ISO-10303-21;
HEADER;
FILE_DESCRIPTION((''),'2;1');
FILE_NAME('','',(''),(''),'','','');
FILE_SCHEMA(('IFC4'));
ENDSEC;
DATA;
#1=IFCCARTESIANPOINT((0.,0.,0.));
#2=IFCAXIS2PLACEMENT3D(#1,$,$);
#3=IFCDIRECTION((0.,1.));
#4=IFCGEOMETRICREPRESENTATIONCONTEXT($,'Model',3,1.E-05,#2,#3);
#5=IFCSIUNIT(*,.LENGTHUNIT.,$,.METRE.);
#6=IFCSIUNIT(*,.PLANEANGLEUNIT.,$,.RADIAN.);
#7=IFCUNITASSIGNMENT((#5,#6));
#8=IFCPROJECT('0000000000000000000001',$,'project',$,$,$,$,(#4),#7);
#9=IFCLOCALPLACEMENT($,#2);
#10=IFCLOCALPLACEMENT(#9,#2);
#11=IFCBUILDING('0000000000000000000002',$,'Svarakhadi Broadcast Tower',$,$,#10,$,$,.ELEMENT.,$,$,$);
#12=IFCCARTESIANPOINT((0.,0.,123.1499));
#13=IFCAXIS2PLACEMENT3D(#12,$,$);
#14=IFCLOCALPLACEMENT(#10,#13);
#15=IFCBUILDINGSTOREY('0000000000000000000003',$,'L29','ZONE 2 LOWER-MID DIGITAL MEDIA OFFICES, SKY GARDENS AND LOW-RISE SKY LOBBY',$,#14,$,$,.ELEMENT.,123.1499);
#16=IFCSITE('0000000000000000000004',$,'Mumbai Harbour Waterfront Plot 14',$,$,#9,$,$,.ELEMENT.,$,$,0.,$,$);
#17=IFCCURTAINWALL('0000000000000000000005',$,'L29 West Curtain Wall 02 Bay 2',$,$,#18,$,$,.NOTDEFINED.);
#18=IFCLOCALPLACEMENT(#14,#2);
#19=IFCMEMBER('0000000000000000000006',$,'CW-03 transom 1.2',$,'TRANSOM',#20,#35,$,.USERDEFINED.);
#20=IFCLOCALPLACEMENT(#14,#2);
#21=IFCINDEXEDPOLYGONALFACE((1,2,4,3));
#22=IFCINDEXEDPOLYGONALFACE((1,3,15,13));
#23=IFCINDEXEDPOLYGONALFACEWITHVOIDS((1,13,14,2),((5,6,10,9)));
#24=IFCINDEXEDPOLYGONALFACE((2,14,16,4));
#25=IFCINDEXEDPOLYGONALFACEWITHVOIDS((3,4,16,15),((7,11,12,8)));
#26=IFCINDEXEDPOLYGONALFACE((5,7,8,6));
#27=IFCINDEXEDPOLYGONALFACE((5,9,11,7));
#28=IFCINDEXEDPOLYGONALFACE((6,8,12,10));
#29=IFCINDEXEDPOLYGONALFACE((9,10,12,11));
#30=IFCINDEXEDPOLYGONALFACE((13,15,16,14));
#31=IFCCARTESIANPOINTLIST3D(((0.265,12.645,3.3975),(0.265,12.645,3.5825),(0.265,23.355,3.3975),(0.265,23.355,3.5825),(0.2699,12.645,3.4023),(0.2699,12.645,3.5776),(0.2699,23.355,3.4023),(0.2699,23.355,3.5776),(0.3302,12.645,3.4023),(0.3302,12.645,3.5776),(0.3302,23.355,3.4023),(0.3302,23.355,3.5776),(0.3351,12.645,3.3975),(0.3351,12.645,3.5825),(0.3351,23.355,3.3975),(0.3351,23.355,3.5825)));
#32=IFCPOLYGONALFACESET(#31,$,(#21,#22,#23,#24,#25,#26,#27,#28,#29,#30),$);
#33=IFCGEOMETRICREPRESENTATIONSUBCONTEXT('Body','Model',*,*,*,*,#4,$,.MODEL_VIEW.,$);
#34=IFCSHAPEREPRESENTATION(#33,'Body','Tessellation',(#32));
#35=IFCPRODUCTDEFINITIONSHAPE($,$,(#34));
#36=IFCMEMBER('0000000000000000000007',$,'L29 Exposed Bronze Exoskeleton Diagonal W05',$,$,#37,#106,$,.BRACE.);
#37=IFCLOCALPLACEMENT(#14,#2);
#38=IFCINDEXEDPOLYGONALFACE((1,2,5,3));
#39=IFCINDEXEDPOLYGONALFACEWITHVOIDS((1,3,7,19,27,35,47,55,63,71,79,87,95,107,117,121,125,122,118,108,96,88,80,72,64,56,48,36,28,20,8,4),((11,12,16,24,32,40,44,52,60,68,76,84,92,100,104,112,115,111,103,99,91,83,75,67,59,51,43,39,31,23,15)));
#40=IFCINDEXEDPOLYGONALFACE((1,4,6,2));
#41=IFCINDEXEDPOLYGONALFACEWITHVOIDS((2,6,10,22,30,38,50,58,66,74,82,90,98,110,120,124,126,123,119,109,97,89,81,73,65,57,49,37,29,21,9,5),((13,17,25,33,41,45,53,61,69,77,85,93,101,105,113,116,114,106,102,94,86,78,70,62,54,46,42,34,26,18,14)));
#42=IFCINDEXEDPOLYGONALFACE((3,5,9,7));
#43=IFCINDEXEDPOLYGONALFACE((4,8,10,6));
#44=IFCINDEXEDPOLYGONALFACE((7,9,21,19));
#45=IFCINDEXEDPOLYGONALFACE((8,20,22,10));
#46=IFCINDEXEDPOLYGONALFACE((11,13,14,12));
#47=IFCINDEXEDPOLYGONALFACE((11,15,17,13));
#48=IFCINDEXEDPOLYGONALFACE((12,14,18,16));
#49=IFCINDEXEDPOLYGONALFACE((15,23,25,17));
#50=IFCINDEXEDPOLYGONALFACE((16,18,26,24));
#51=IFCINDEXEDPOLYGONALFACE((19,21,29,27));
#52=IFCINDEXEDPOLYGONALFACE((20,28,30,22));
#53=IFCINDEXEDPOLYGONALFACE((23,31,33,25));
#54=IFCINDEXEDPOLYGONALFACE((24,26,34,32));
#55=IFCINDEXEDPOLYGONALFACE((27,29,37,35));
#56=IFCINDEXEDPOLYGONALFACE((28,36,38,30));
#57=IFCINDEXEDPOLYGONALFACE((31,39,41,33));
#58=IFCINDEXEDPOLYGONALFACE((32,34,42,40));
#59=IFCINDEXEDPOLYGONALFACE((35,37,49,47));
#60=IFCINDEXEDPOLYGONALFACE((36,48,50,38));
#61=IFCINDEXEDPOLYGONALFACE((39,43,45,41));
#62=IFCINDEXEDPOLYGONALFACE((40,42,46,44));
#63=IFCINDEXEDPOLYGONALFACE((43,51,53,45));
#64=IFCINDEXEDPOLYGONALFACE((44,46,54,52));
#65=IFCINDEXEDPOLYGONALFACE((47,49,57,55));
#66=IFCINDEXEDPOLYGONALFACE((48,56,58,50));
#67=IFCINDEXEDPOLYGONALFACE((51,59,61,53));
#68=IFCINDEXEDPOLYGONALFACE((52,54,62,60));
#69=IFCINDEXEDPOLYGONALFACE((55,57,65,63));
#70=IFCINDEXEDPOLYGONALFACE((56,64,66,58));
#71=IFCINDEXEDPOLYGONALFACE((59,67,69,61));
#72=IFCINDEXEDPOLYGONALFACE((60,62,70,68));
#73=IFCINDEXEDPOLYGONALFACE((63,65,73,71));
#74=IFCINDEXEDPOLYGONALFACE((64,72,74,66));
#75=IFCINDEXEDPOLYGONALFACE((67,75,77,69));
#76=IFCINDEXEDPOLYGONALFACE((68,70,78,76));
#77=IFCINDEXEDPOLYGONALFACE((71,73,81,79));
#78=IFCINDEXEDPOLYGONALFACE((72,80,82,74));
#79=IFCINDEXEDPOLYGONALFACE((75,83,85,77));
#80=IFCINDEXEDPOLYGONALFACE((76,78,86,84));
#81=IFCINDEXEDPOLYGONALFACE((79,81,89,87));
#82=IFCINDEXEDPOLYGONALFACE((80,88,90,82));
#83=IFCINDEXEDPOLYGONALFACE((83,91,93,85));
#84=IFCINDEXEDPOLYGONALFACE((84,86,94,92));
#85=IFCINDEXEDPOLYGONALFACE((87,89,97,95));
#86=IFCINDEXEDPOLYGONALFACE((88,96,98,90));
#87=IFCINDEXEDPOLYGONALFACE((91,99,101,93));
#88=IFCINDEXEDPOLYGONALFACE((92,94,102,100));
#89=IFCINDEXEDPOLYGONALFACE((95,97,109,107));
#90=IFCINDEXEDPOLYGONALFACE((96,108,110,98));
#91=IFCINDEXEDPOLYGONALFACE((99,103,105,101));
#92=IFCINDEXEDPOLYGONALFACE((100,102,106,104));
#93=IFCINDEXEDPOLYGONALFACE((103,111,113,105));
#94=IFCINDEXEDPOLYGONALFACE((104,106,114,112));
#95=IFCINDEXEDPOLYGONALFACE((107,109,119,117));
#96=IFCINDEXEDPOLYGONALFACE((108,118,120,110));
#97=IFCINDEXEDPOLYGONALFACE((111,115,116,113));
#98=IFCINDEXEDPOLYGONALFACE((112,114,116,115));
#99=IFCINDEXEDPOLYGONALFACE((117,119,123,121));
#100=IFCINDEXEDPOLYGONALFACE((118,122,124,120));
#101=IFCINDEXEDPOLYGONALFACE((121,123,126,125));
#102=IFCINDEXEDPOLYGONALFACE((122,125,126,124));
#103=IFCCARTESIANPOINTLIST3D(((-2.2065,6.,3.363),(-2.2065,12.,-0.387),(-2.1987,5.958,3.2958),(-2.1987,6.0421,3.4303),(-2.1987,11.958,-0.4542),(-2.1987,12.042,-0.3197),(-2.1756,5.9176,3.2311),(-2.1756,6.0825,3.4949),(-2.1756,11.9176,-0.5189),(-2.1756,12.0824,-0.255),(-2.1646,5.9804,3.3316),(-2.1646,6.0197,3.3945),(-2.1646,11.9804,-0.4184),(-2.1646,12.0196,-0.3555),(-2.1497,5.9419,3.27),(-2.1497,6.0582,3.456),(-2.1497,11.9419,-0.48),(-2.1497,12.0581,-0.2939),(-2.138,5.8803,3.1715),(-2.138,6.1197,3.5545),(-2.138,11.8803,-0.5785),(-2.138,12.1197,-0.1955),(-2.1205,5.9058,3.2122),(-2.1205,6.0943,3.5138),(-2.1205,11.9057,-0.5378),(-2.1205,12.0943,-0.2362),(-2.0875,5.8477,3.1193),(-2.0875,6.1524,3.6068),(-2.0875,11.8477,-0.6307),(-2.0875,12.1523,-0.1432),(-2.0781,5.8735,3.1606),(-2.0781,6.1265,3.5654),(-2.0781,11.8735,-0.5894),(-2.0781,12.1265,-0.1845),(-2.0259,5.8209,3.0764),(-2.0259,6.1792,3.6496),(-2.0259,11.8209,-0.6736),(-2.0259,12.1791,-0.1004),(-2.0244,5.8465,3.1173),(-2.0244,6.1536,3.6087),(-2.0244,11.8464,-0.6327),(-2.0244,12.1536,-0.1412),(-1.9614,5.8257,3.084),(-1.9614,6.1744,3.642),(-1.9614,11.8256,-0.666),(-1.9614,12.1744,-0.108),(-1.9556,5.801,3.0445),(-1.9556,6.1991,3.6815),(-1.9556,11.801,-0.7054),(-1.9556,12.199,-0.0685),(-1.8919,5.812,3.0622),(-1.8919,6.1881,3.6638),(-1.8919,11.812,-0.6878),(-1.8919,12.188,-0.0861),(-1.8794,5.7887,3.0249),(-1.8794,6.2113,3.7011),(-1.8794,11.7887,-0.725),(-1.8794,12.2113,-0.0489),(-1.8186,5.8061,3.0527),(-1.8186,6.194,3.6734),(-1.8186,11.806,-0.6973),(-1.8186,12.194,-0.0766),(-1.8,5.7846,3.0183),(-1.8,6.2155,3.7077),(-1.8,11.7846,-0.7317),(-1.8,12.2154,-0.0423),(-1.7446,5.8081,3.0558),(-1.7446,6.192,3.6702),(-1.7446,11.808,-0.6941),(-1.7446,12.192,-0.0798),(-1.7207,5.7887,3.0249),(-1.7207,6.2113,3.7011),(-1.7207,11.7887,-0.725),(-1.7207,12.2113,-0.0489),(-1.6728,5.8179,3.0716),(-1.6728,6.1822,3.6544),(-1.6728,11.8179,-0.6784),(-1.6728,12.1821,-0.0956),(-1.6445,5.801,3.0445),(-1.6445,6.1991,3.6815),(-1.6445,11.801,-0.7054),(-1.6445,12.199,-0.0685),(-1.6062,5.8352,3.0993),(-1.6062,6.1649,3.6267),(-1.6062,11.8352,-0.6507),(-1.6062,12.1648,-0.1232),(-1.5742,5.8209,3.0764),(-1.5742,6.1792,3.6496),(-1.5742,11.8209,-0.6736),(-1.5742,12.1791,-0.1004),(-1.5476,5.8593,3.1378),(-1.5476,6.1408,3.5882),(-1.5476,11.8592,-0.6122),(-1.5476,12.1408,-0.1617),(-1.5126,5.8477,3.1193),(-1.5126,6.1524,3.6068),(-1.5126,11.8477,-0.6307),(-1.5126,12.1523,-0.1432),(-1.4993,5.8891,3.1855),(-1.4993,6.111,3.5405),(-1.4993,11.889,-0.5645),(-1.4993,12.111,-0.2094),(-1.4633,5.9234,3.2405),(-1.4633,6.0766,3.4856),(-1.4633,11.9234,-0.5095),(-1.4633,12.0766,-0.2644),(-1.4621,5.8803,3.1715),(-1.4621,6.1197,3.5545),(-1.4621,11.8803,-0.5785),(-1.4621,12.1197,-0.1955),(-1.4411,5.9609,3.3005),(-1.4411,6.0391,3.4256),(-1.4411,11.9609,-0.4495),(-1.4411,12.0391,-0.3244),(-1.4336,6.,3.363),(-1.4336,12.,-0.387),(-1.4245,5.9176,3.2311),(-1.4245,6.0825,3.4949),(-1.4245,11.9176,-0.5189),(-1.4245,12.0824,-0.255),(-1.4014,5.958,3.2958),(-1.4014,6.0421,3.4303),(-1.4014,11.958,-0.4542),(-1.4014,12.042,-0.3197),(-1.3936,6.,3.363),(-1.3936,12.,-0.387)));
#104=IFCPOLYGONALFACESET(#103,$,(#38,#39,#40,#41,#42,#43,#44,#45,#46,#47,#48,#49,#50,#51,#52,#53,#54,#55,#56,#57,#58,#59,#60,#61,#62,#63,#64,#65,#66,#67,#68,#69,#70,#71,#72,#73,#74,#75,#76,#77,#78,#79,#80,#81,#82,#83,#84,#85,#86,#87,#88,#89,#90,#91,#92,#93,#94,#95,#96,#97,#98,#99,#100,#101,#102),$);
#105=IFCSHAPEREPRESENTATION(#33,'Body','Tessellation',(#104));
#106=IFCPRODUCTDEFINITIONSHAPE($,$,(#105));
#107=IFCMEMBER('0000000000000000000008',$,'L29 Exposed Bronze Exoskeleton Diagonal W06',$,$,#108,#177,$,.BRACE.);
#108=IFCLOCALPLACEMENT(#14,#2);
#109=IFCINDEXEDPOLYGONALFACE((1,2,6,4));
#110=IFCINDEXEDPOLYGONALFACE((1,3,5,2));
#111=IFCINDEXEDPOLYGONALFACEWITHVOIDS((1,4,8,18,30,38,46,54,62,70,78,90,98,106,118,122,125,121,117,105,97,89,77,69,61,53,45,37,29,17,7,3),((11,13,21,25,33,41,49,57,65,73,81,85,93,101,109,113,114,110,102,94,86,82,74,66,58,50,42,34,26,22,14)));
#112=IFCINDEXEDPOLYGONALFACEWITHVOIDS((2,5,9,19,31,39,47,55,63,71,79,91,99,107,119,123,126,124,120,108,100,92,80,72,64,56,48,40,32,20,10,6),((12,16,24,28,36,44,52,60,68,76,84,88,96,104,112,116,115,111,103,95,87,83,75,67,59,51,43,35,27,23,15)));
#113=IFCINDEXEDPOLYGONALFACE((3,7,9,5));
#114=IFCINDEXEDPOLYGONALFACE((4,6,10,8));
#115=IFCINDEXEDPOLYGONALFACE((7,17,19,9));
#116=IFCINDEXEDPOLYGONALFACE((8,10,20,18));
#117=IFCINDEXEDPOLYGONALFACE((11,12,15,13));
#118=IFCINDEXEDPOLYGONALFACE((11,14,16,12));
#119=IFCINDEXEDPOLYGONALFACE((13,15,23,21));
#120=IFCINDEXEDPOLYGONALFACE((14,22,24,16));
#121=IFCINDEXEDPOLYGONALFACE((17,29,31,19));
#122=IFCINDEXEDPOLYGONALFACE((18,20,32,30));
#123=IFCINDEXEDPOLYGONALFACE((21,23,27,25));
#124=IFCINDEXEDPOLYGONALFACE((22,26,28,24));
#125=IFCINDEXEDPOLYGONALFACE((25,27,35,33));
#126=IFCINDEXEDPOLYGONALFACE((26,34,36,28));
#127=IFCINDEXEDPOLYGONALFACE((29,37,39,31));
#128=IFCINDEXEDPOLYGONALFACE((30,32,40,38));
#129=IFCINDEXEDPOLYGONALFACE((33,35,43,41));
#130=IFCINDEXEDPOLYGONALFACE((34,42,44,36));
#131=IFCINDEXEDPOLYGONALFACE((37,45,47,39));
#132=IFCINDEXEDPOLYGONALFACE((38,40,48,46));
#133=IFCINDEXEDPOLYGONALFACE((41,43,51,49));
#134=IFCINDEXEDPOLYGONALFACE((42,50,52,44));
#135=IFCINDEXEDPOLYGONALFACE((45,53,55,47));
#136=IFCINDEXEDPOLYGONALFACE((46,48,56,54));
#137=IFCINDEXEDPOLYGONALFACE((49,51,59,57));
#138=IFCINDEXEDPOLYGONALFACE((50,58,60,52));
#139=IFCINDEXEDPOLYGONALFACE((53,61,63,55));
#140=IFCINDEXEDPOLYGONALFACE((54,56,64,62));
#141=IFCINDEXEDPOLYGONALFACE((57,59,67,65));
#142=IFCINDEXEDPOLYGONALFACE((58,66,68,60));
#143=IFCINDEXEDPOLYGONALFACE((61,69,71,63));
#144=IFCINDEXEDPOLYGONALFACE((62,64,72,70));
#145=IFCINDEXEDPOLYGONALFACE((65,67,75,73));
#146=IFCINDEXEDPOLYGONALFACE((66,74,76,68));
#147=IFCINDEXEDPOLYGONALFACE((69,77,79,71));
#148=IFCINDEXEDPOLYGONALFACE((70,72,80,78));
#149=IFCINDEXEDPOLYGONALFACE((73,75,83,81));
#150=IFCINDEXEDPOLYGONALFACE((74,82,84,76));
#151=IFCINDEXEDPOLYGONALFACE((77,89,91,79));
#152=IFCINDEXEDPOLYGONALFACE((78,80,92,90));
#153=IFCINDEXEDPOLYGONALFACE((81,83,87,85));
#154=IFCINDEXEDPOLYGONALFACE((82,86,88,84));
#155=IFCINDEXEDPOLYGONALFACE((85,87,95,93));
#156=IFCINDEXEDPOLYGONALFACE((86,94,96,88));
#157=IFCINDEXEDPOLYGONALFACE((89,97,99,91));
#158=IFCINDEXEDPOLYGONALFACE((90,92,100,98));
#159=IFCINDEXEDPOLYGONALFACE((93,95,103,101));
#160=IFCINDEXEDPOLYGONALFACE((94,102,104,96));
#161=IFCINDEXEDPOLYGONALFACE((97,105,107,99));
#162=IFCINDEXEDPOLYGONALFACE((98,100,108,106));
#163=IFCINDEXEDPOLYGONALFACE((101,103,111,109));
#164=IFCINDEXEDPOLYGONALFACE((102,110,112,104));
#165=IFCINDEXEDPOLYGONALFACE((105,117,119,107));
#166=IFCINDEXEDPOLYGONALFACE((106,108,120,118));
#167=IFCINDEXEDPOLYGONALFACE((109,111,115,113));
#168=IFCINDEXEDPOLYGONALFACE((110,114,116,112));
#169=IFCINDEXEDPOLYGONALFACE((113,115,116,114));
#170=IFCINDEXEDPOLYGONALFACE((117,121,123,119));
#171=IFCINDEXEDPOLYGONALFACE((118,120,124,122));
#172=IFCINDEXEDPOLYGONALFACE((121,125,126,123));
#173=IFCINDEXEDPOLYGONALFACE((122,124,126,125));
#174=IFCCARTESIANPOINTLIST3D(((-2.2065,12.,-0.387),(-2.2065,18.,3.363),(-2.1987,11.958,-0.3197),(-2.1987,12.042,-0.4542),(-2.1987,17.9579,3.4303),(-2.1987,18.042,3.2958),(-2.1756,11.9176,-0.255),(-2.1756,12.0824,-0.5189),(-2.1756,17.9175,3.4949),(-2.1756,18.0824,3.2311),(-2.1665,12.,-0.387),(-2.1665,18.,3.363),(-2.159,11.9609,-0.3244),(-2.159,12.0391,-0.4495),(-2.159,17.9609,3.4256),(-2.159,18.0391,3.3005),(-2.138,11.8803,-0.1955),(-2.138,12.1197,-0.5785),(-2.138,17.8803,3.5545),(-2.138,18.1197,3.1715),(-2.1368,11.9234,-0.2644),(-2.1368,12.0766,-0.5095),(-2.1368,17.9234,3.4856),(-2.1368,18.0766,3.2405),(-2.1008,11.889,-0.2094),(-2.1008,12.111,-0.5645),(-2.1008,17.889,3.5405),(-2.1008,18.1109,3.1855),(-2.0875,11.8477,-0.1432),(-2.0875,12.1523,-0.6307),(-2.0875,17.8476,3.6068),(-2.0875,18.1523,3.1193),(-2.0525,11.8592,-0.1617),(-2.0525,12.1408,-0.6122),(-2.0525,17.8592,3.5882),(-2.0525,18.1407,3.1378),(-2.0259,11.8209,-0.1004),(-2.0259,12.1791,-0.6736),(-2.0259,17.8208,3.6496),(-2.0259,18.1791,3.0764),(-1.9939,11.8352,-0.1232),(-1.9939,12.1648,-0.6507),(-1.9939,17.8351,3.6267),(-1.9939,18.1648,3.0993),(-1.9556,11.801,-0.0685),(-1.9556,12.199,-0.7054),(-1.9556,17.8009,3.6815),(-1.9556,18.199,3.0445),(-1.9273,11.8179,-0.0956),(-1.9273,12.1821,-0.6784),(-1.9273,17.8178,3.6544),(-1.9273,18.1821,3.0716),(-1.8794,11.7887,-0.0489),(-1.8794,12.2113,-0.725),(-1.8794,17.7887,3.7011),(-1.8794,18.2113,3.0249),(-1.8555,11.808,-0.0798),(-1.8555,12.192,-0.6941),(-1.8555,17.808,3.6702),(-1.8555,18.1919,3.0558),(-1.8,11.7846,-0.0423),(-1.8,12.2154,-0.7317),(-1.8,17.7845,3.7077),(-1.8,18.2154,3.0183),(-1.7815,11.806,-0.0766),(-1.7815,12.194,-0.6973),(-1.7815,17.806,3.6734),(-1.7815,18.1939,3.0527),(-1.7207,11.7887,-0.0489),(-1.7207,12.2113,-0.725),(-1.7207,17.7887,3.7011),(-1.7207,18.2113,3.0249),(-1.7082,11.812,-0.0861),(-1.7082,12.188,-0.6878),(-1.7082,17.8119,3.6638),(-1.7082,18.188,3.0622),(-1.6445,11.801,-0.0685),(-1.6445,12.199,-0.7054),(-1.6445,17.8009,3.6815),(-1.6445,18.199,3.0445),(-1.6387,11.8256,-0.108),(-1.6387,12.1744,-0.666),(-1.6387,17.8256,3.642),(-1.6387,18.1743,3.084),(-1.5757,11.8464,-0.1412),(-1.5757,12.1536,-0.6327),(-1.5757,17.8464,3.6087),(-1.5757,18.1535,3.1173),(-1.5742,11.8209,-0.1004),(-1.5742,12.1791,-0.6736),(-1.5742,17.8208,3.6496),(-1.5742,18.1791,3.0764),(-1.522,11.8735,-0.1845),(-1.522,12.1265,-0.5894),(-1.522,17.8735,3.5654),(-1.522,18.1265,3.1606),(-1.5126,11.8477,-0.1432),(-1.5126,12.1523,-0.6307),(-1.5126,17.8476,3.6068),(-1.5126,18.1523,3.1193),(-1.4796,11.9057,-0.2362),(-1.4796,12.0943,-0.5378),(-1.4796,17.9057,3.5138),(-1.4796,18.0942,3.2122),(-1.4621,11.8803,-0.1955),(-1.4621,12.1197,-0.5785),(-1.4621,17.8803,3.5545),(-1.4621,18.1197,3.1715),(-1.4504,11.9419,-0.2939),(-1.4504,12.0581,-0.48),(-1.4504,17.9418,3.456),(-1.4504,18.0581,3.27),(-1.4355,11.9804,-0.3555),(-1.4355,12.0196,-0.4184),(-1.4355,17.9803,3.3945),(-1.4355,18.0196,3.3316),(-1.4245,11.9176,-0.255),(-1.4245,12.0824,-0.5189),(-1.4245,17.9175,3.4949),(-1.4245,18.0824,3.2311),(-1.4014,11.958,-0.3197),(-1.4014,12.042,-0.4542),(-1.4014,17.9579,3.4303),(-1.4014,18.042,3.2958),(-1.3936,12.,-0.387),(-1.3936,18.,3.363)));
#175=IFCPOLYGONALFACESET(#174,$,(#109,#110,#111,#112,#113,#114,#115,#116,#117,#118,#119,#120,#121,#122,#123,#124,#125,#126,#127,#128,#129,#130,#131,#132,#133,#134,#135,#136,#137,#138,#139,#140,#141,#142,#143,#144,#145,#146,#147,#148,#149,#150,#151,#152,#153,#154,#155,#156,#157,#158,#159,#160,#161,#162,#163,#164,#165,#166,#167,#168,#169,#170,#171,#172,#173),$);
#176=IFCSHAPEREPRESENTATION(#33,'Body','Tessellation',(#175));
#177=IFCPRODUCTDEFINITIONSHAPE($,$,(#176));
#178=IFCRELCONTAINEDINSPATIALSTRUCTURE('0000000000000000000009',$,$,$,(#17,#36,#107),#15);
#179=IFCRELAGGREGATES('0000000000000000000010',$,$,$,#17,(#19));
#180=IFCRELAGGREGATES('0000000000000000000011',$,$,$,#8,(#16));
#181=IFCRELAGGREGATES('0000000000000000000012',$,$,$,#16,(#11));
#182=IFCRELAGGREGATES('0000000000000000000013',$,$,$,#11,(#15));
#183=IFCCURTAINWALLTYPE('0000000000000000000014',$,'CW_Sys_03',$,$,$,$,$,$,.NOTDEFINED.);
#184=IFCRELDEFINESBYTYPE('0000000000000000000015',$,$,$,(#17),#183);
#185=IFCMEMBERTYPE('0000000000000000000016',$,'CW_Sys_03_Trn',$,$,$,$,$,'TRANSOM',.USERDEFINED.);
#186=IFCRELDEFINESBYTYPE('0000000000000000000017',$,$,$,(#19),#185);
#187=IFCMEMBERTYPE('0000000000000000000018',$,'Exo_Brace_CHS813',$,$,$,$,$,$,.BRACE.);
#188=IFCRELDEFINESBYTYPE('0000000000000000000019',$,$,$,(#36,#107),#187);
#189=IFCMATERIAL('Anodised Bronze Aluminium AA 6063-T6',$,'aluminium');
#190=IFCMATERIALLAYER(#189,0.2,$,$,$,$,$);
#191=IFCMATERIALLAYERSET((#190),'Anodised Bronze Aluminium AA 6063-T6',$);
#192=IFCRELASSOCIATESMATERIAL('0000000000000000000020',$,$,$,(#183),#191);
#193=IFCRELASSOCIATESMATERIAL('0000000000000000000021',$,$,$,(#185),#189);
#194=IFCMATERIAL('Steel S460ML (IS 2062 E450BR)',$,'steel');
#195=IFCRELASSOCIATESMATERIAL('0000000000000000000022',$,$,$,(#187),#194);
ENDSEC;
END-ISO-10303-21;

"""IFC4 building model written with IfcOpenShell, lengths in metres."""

from ifc_helpers import new_model, si_unit, direction, frame, origin, origin_2d, place, context, subcontext, project, spatial, hollow_rectangle, hollow_circle, extrude, material, layer, layer_set, material_profile, profile_set, type_object, element, aggregate, save


model = new_model("IFC4")

# Units and contexts
model_context = context("Model", 3, precision=1e-05, world=origin(), true_north=direction((0.0, 1.0)))
body_context = subcontext(model_context, "Body", "Model", "MODEL_VIEW")
ifc_project = project(units=[si_unit("LENGTHUNIT", "METRE"), si_unit("PLANEANGLEUNIT", "RADIAN")], contexts=[model_context])

# Site, building, storey
site_placement = place(None, origin())
site = spatial("IfcSite", under=ifc_project, at=site_placement, Name="Mumbai Harbour Waterfront Plot 14", CompositionType="ELEMENT", RefElevation=0.0)
building_placement = place(site_placement, origin())
building = spatial("IfcBuilding", under=site, at=building_placement, Name="Svarakhadi Broadcast Tower", CompositionType="ELEMENT")
storey_placement = place(building_placement, frame((0.0, 0.0, 123.1499)))
storey = spatial("IfcBuildingStorey", under=building, at=storey_placement, Name="L29", Description="ZONE 2 LOWER-MID DIGITAL MEDIA OFFICES, SKY GARDENS AND LOW-RISE SKY LOBBY", CompositionType="ELEMENT", Elevation=123.1499)

# Shared definitions
ifc_material_1 = material(Name="Steel S460ML (IS 2062 E450BR)", Category="steel")

# Shared definitions
ifc_material_2 = material(Name="Anodised Bronze Aluminium AA 6063-T6", Category="aluminium")
ifc_layer_1 = layer(ifc_material_2, 0.2)
ifc_layer_set_1 = layer_set([ifc_layer_1], Name="Anodised Bronze Aluminium AA 6063-T6")
curtain_wall_type = type_object("IfcCurtainWallType", Name="CW_Sys_03", PredefinedType="NOTDEFINED", material=ifc_layer_set_1)

# Curtain wall, member
curtain_wall_1_placement = place(storey_placement, origin())
curtain_wall_1 = element("IfcCurtainWall", 1, at=curtain_wall_1_placement, inside=storey, type_object=curtain_wall_type, Name="L29 West Curtain Wall 02 Bay 2", PredefinedType="NOTDEFINED")
ifc_material_profile_1 = material_profile(ifc_material_2, hollow_rectangle(XDim=0.0701, YDim=0.1851, WallThickness=0.0049, at=origin_2d()), Name="ALU TRANSOM 185x70x5")
ifc_profile_set_1 = profile_set([ifc_material_profile_1], Name="Anodised Bronze Aluminium AA 6063-T6")
member_type_1 = type_object("IfcMemberType", Name="CW_Sys_03_Trn", ElementType="TRANSOM", PredefinedType="USERDEFINED", material=ifc_profile_set_1)
member_1_placement = place(storey_placement, frame((0.3, 12.645, 3.49), z_axis=(0.0, 1.0, 0.0), x_axis=(-1.0, 0.0, 0.0)))
member_1 = element("IfcMember", 2, at=member_1_placement, type_object=member_type_1, Name="CW-03 transom 1.2", ObjectType="TRANSOM", PredefinedType="USERDEFINED", context=body_context, shape_type="SweptSolid", body=[
    extrude(hollow_rectangle(XDim=0.0701, YDim=0.1851, WallThickness=0.0049, at=origin_2d()), origin(), (0.0, 0.0, 1.0), 10.71),
])

# Members
ifc_material_profile_2 = material_profile(ifc_material_1, hollow_circle(Radius=0.4065, WallThickness=0.04, at=origin_2d()), Name="CHS 813x40")
ifc_profile_set_2 = profile_set([ifc_material_profile_2], Name="Steel S460ML (IS 2062 E450BR)")
member_type_2 = type_object("IfcMemberType", Name="Exo_Brace_CHS813", PredefinedType="BRACE", material=ifc_profile_set_2)
for number, where, z_axis, x_axis, name in (
    (3, (-1.8, 12.0, -0.387), (0.0, -0.847998, 0.529999), (1.0, 0.0, 0.0), "L29 Exposed Bronze Exoskeleton Diagonal W05"),
    (4, (-1.8, 12.0, -0.387), (0.0, 0.847998, 0.529999), (-1.0, 0.0, 0.0), "L29 Exposed Bronze Exoskeleton Diagonal W06"),
):
    element("IfcMember", number, at=place(storey_placement, frame(where, z_axis=z_axis, x_axis=x_axis)), inside=storey, type_object=member_type_2, Name=name, PredefinedType="BRACE", context=body_context, shape_type="SweptSolid", body=[
        extrude(hollow_circle(Radius=0.4065, WallThickness=0.04, at=origin_2d()), origin(), (0.0, 0.0, 1.0), 7.0754),
    ])

aggregate(curtain_wall_1, [member_1])

save(model, "model.ifc")
